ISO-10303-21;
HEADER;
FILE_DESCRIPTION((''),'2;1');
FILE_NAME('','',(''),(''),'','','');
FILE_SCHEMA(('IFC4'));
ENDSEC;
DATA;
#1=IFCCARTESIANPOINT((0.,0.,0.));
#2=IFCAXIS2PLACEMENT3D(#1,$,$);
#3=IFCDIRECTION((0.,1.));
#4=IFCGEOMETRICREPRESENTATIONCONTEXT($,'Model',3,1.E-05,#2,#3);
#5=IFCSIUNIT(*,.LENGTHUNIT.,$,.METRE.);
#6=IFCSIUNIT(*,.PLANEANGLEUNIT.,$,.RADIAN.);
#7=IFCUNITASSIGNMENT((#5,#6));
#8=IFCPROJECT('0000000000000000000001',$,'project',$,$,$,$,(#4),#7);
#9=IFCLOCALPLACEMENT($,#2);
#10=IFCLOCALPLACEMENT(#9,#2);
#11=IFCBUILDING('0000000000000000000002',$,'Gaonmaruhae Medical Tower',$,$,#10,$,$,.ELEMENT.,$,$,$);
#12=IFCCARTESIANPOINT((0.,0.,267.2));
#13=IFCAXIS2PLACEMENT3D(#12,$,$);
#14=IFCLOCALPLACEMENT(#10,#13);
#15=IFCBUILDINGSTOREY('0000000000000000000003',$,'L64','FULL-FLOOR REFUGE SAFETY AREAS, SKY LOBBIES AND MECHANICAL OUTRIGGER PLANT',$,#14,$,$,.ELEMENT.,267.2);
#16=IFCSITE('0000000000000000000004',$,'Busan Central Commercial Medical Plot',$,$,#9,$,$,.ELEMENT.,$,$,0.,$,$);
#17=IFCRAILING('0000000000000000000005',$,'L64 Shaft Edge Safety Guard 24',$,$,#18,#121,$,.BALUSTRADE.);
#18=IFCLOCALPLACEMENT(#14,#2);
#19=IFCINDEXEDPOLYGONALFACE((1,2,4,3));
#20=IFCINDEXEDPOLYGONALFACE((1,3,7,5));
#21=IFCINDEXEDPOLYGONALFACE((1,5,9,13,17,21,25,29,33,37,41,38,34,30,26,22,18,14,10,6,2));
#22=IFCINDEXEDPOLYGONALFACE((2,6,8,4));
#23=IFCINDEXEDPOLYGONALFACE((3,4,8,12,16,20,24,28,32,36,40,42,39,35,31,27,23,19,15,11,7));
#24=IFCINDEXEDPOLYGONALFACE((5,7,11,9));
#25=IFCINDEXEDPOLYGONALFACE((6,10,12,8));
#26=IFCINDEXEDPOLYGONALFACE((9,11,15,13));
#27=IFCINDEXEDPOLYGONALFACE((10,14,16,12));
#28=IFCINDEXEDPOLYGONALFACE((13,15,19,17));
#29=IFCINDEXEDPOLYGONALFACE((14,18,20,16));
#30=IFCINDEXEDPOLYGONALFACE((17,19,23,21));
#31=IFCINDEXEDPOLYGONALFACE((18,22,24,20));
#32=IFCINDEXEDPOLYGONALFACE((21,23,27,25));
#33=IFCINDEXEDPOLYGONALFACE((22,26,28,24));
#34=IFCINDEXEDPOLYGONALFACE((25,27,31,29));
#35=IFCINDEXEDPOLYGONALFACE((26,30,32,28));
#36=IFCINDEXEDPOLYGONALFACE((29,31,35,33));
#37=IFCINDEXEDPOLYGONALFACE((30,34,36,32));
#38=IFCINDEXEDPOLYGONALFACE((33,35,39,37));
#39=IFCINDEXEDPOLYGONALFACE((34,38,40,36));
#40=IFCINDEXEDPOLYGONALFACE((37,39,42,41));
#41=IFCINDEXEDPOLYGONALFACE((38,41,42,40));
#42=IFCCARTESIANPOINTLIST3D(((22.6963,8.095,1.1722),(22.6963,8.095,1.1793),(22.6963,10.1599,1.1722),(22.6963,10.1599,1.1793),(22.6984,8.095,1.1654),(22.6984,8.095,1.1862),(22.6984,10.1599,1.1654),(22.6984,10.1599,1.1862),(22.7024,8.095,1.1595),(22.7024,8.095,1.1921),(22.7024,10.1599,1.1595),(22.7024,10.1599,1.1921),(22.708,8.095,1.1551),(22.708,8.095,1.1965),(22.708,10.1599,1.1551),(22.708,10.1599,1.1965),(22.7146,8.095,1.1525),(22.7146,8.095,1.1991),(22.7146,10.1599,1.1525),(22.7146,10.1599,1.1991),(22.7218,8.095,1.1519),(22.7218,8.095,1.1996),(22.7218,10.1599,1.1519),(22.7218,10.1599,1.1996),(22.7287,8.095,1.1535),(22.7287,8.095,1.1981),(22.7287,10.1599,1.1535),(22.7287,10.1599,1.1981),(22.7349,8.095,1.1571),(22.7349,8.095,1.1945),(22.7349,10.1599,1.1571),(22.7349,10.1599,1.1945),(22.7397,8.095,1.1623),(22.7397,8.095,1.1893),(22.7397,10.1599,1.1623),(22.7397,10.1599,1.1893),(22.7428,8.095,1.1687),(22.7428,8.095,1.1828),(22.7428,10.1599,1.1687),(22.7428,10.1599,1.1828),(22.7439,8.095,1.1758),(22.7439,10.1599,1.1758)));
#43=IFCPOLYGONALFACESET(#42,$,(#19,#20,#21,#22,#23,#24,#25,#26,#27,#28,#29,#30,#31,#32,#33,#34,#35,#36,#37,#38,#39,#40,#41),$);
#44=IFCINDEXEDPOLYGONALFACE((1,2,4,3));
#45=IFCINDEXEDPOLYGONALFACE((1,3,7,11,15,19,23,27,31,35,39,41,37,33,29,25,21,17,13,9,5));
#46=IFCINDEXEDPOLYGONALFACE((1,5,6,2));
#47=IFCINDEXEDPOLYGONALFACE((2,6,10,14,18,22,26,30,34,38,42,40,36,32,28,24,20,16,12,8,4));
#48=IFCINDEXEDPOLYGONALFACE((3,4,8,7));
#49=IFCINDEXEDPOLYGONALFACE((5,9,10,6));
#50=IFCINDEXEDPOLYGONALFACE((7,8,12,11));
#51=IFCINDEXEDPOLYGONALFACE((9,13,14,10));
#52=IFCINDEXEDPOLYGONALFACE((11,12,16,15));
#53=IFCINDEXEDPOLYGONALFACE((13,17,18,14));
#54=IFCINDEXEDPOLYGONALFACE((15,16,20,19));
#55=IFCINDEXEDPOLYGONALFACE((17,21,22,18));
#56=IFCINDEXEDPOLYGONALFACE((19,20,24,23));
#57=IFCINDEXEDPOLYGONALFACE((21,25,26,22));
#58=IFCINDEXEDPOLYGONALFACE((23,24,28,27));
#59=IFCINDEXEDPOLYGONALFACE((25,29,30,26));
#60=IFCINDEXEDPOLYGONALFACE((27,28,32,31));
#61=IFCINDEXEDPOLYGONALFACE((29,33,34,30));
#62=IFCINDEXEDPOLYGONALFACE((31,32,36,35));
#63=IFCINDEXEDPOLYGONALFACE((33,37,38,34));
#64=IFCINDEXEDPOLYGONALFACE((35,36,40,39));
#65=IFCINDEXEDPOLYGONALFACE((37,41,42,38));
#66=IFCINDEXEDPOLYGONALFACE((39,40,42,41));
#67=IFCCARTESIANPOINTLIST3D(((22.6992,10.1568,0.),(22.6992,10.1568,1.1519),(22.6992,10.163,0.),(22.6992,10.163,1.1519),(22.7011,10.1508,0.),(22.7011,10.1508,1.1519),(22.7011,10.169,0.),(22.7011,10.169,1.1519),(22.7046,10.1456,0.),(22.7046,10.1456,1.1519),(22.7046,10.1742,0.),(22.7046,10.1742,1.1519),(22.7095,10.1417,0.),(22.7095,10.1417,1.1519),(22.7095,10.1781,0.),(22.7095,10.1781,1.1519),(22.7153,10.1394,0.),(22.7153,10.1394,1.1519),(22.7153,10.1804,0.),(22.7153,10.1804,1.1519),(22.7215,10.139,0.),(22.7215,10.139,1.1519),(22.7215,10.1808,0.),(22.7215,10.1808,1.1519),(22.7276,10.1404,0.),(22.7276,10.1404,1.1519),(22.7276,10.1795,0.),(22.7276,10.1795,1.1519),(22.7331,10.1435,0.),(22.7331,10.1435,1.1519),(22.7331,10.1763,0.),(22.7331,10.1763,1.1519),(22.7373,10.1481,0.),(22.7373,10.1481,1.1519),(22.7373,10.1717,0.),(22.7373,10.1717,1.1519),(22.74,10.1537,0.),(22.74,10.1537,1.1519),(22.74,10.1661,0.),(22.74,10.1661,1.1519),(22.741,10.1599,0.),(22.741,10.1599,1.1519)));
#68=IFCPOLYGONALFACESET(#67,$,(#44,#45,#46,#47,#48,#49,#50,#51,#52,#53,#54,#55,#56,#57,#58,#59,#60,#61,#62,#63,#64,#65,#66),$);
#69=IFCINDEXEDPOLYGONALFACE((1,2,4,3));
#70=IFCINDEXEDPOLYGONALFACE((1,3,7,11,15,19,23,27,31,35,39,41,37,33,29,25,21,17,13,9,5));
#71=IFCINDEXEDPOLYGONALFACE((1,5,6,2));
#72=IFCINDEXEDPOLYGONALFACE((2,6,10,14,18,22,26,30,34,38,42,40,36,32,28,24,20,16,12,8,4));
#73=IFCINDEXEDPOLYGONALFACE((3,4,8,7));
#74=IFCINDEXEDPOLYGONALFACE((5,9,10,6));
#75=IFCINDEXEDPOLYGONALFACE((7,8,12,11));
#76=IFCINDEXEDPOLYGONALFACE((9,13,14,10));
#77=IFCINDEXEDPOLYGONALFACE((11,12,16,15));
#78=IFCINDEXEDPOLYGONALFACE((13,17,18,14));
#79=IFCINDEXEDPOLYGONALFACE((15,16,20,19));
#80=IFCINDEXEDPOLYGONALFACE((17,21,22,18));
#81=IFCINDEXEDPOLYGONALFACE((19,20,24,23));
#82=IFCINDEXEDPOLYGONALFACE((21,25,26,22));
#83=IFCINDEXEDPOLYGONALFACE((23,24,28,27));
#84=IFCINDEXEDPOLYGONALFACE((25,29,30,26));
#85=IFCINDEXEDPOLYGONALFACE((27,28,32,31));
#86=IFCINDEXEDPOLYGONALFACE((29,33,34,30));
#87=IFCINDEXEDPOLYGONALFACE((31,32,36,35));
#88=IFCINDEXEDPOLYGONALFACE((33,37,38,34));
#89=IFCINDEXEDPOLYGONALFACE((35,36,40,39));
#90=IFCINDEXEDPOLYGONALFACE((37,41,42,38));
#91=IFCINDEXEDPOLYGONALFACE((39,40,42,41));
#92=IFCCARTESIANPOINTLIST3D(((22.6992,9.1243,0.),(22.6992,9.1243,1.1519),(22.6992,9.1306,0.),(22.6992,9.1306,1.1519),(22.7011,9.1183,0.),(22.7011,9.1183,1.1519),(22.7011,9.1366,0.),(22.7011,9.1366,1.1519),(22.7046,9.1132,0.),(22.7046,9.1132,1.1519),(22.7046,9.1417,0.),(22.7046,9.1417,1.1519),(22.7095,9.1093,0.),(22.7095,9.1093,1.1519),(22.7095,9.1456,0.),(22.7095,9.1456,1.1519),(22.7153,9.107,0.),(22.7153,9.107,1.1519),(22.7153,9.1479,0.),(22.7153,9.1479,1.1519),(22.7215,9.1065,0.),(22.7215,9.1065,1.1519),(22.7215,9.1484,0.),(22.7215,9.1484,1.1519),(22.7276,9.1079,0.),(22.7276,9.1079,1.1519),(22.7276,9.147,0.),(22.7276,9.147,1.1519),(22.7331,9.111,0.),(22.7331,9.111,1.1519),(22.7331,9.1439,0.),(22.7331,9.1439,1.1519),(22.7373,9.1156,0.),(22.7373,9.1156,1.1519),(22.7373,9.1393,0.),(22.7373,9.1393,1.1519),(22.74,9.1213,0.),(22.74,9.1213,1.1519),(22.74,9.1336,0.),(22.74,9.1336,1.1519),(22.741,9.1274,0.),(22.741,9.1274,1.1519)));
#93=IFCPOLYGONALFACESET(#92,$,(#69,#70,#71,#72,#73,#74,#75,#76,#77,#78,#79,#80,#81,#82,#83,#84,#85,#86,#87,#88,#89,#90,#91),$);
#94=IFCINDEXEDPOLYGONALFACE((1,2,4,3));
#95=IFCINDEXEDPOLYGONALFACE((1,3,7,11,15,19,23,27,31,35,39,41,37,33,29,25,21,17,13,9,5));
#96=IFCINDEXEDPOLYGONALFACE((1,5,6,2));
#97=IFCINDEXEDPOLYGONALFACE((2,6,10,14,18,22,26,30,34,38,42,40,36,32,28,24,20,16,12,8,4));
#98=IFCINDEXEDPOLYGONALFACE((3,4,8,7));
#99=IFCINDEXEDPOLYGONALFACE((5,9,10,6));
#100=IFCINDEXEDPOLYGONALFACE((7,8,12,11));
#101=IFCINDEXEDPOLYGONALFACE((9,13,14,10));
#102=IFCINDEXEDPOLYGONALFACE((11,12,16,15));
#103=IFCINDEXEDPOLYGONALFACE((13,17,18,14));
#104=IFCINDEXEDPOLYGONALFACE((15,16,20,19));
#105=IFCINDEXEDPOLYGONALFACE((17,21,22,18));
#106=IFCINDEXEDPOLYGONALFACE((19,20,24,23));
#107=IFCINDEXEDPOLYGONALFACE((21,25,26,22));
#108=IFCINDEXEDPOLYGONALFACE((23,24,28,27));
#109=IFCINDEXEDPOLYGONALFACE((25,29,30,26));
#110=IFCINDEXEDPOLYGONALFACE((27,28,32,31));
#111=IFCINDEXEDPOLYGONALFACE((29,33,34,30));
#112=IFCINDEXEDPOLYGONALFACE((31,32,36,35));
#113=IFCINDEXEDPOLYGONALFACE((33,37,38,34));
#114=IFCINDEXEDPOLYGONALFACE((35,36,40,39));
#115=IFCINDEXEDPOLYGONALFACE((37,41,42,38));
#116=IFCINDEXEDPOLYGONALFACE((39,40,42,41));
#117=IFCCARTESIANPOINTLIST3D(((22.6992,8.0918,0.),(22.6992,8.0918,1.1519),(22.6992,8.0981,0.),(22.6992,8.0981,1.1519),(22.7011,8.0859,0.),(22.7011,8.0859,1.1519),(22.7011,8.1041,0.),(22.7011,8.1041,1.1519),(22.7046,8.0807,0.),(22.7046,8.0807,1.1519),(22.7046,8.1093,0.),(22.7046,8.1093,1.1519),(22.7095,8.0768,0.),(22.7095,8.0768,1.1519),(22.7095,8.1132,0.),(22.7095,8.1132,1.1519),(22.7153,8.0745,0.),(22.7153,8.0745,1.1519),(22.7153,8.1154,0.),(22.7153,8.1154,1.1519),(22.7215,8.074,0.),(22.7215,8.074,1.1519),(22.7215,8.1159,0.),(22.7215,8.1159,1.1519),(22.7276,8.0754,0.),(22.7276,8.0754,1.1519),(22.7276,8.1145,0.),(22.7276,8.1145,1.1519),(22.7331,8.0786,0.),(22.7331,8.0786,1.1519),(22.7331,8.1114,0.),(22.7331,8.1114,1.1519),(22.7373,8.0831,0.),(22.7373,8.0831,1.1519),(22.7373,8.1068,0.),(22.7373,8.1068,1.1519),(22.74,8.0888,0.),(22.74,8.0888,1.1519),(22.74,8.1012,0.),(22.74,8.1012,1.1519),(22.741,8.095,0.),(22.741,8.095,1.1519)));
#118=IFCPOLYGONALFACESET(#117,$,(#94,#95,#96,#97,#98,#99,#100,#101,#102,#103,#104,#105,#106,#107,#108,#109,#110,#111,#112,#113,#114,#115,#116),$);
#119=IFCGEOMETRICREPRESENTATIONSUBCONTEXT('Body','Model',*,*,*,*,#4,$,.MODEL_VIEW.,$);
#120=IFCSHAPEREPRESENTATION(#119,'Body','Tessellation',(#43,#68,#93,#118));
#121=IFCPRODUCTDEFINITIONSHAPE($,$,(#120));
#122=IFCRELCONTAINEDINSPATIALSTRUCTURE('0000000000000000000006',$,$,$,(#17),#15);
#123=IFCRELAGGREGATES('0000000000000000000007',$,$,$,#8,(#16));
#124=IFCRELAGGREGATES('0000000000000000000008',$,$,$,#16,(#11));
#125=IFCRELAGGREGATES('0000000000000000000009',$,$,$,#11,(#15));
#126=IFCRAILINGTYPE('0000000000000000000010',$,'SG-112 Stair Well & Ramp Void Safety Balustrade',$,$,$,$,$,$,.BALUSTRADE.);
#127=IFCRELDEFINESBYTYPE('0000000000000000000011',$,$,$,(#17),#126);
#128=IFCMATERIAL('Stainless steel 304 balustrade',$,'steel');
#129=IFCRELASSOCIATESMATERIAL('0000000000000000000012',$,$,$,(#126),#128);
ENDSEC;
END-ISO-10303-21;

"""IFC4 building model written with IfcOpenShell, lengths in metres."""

from ifc_helpers import new_model, si_unit, direction, frame, origin, origin_2d, place, context, subcontext, project, spatial, circle, extrude, material, type_object, element, save


model = new_model("IFC4")

# Units and contexts
model_context = context("Model", 3, precision=1e-05, world=origin(), true_north=direction((0.0, 1.0)))
body_context = subcontext(model_context, "Body", "Model", "MODEL_VIEW")
ifc_project = project(units=[si_unit("LENGTHUNIT", "METRE"), si_unit("PLANEANGLEUNIT", "RADIAN")], contexts=[model_context])

# Site, building, storey
site_placement = place(None, origin())
site = spatial("IfcSite", under=ifc_project, at=site_placement, Name="Busan Central Commercial Medical Plot", CompositionType="ELEMENT", RefElevation=0.0)
building_placement = place(site_placement, origin())
building = spatial("IfcBuilding", under=site, at=building_placement, Name="Gaonmaruhae Medical Tower", CompositionType="ELEMENT")
storey_placement = place(building_placement, frame((0.0, 0.0, 267.2)))
storey = spatial("IfcBuildingStorey", under=building, at=storey_placement, Name="L64", Description="FULL-FLOOR REFUGE SAFETY AREAS, SKY LOBBIES AND MECHANICAL OUTRIGGER PLANT", CompositionType="ELEMENT", Elevation=267.2)

# Railing
ifc_material_1 = material(Name="Stainless steel 304 balustrade", Category="steel")
railing_type_1 = type_object("IfcRailingType", Name="SG-112 Stair Well & Ramp Void Safety Balustrade", PredefinedType="BALUSTRADE", material=ifc_material_1)
railing_1_placement = place(storey_placement, frame((22.72, 10.1599, 0.0)))
element("IfcRailing", 1, at=railing_1_placement, inside=storey, type_object=railing_type_1, Name="L64 Shaft Edge Safety Guard 24", PredefinedType="BALUSTRADE", context=body_context, shape_type="SweptSolid", body=[
    extrude(circle(Radius=0.0239, at=origin_2d()), frame((0.0, 0.0, 1.1758), z_axis=(0.0, -1.0, 0.0), x_axis=(1.0, 0.0, 0.0)), (0.0, 0.0, 1.0), 2.0649),
    extrude(circle(Radius=0.021, at=origin_2d()), origin(), (0.0, 0.0, 1.0), 1.1519),
    extrude(circle(Radius=0.021, at=origin_2d()), frame((0.0, -1.0325, 0.0)), (0.0, 0.0, 1.0), 1.1519),
    extrude(circle(Radius=0.021, at=origin_2d()), frame((0.0, -2.0649, 0.0)), (0.0, 0.0, 1.0), 1.1519),
])

save(model, "model.ifc")
